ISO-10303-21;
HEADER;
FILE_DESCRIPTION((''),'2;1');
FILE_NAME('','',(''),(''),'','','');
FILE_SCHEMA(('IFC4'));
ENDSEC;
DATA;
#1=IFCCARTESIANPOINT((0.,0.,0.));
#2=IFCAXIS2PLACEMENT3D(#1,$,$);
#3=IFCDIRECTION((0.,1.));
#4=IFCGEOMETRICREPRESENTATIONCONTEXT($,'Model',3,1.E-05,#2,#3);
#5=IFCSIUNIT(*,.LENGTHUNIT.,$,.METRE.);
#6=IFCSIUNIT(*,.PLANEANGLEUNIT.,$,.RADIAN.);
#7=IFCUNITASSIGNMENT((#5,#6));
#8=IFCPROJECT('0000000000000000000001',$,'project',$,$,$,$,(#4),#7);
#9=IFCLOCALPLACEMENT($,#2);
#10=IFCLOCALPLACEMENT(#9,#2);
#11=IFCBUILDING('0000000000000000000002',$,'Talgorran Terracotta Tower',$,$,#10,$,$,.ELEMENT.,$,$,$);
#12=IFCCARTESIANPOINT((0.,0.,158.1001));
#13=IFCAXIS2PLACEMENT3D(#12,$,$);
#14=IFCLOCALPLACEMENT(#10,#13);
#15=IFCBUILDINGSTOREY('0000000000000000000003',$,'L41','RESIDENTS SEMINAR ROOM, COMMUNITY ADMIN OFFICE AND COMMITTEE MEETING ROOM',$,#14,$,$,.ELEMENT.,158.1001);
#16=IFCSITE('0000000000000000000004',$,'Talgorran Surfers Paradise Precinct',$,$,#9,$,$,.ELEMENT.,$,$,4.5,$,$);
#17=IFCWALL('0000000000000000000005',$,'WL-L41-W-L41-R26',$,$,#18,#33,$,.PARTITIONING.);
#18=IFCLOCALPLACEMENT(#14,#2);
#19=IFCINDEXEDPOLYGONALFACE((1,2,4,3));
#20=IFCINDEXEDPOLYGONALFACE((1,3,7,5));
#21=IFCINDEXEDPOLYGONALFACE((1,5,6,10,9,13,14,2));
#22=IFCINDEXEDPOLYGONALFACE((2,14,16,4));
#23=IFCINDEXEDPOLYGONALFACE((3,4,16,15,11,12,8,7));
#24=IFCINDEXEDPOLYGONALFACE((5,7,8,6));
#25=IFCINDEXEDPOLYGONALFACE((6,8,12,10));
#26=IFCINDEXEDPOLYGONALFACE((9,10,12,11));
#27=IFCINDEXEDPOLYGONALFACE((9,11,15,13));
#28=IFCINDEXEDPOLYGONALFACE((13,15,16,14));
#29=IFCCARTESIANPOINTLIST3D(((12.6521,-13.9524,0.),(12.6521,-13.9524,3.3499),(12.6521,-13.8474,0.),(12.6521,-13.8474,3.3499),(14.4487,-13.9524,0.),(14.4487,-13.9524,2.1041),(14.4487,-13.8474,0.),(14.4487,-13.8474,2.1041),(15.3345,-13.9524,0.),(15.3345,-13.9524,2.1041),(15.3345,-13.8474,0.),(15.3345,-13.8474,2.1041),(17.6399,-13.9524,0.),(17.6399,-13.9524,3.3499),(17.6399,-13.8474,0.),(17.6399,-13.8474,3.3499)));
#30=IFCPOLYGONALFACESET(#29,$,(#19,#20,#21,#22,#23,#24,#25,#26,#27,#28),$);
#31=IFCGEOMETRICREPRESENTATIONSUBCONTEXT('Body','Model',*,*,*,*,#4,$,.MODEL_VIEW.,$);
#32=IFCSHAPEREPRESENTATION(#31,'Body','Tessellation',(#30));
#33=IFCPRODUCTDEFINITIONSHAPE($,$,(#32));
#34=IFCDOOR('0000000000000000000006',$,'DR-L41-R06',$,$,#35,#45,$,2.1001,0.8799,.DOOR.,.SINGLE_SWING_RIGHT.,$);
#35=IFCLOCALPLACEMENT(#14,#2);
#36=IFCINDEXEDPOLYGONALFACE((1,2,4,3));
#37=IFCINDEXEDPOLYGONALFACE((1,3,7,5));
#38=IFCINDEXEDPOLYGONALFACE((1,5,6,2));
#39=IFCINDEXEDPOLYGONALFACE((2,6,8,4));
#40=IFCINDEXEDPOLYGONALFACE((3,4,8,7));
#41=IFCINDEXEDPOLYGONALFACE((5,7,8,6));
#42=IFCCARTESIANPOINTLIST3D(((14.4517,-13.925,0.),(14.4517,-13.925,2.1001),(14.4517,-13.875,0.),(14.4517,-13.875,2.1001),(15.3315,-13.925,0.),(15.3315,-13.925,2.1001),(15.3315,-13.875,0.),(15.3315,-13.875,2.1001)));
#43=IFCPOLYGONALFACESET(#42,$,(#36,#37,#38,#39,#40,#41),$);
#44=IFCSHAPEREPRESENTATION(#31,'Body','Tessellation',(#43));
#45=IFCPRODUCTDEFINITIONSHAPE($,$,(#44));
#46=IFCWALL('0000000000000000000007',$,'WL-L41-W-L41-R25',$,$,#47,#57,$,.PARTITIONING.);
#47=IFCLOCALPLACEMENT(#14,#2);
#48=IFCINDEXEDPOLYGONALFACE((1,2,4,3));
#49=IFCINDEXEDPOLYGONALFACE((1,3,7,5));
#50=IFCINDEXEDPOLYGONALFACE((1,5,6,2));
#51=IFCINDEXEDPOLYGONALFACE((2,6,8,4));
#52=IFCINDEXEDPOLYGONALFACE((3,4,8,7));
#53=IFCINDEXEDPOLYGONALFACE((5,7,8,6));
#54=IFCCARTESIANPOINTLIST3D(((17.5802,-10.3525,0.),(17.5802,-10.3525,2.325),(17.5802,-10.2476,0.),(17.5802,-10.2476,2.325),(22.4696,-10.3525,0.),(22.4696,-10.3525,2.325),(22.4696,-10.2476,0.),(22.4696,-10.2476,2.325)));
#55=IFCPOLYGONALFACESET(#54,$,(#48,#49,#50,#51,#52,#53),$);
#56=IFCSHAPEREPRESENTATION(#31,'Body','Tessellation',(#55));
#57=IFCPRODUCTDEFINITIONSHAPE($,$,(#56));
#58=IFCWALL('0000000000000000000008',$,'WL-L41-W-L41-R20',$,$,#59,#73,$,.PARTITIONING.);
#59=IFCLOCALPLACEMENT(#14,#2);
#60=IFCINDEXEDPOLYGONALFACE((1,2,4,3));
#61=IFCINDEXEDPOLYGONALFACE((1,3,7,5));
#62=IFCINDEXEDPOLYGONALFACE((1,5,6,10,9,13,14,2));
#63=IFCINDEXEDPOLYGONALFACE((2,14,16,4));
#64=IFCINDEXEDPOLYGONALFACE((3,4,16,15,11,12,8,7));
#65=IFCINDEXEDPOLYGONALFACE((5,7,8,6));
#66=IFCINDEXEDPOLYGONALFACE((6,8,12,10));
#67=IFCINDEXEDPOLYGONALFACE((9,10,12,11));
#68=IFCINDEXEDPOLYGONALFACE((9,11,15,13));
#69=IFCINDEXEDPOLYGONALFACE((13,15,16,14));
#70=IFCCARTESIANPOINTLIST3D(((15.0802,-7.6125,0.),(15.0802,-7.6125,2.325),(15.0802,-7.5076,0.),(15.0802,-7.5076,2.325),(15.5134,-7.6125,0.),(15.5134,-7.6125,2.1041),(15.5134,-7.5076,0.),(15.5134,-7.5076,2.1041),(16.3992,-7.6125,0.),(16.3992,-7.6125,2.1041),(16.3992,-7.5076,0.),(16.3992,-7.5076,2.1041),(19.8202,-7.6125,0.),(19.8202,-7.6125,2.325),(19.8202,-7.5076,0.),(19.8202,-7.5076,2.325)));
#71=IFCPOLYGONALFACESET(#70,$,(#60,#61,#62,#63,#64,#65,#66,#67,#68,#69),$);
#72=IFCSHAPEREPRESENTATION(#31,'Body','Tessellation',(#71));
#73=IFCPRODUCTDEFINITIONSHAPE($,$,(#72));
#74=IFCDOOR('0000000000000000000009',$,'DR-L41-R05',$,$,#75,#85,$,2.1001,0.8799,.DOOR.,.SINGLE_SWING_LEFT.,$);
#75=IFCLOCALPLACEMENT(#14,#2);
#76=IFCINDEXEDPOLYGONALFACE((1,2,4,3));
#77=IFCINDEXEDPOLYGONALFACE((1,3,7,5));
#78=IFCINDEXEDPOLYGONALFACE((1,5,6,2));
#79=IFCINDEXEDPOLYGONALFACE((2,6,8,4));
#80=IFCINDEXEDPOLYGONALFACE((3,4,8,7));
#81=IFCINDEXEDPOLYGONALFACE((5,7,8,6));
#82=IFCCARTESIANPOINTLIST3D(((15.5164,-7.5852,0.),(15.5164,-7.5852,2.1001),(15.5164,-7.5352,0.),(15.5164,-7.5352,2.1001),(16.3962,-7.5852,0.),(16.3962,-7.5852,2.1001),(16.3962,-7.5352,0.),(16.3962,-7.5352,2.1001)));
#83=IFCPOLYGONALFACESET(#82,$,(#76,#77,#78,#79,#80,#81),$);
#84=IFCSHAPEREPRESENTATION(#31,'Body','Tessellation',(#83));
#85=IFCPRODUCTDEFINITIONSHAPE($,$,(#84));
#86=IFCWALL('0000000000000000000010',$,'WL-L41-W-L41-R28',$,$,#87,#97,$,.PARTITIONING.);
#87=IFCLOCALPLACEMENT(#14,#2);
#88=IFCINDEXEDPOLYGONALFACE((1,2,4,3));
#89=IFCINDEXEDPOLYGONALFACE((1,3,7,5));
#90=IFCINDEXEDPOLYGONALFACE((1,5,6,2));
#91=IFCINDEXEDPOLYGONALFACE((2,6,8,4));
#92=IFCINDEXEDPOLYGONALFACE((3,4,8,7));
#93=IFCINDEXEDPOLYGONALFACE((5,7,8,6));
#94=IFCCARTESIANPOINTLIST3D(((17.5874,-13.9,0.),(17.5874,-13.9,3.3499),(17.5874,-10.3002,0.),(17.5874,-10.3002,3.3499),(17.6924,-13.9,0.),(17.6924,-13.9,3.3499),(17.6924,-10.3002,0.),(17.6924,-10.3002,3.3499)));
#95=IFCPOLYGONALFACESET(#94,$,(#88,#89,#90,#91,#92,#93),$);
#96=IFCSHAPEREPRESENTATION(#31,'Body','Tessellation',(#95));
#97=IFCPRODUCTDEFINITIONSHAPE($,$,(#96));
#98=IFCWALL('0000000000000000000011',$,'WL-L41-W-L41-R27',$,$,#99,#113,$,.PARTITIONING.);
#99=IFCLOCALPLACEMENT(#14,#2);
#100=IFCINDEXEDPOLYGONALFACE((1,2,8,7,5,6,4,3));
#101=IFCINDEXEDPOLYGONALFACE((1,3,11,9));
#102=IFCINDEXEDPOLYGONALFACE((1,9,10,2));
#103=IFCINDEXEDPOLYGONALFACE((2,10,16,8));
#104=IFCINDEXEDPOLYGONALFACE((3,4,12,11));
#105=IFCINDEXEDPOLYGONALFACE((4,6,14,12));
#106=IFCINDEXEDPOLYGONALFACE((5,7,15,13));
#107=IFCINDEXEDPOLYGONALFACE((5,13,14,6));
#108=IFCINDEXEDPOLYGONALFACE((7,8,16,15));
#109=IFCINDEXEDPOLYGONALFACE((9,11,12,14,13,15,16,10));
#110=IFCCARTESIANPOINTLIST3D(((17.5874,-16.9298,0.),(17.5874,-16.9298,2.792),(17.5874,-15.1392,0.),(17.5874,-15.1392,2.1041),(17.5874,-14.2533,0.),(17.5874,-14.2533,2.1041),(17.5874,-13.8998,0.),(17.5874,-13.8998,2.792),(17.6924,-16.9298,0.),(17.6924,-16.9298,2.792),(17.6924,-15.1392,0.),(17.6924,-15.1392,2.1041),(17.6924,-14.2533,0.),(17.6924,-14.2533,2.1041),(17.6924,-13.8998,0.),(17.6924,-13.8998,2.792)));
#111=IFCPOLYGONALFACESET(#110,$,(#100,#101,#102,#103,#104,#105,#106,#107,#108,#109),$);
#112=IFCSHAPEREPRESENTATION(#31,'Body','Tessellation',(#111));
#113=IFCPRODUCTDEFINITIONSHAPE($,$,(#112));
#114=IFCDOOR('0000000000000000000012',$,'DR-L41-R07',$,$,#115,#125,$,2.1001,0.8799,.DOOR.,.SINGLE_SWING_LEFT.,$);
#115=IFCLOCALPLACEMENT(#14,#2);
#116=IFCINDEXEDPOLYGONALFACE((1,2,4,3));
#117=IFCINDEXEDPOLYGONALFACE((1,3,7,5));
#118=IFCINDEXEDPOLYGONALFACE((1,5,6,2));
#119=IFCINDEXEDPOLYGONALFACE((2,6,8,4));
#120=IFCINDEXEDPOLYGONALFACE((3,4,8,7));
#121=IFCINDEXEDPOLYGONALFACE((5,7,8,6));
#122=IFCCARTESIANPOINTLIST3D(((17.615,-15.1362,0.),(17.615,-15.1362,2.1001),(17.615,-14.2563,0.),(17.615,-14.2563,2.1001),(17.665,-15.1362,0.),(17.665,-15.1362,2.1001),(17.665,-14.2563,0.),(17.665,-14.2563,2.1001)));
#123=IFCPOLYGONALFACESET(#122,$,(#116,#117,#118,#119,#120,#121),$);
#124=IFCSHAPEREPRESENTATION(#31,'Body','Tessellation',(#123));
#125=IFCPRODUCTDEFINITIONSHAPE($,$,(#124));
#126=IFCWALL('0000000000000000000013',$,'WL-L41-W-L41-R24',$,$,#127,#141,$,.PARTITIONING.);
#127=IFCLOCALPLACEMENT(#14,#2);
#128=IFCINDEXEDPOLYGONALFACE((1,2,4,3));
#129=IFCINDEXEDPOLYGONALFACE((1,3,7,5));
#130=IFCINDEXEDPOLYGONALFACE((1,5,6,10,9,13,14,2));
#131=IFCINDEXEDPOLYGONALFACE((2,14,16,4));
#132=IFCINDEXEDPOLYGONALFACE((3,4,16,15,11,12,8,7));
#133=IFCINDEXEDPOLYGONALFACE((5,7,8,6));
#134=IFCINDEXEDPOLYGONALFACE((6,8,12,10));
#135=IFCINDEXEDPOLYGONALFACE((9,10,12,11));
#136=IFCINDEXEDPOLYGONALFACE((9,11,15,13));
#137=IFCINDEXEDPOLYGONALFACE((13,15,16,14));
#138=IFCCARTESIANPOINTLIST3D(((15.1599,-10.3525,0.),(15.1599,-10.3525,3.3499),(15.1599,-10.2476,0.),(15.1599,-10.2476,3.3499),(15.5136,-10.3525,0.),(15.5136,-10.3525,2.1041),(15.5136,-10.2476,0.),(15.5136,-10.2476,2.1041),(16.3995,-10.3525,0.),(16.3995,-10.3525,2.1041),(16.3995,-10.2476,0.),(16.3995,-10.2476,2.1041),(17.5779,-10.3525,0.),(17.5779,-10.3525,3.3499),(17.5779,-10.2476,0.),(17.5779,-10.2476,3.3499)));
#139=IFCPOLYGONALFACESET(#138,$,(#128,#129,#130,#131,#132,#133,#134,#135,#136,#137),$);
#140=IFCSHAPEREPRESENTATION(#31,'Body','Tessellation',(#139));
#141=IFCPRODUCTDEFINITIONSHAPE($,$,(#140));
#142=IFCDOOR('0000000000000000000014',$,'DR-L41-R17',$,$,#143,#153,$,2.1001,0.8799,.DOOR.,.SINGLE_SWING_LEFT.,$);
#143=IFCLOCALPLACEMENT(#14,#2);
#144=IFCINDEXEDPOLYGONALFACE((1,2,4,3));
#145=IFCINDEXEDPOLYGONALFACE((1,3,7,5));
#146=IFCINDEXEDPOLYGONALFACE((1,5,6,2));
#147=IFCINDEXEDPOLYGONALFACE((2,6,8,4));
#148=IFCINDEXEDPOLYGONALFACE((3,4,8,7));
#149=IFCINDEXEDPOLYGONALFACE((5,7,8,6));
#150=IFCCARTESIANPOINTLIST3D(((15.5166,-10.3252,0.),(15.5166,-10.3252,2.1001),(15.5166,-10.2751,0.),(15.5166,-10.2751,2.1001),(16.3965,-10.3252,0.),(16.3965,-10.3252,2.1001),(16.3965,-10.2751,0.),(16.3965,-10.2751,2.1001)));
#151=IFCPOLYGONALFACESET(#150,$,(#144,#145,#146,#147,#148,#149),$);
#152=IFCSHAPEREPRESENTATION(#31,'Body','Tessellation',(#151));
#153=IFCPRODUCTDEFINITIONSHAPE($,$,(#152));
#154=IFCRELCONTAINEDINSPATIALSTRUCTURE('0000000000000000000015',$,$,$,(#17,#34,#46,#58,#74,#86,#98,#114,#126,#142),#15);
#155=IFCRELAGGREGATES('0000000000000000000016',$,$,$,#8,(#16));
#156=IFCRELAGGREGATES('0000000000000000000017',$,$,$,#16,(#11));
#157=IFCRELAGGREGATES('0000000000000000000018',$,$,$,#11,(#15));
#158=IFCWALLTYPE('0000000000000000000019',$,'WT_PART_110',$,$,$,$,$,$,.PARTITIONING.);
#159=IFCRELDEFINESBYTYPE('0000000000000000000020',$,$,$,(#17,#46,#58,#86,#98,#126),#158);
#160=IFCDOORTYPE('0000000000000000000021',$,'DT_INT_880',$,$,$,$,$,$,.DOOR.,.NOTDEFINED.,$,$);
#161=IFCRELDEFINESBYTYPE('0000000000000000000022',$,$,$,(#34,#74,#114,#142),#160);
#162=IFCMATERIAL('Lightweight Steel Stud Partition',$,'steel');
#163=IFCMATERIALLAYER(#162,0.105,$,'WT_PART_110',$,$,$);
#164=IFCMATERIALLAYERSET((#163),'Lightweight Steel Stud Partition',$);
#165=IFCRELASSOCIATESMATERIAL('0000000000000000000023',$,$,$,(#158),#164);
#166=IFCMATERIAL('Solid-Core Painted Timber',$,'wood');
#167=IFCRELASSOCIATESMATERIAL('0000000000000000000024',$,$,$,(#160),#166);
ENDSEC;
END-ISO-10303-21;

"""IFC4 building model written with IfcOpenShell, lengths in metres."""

from ifc_helpers import new_model, si_unit, direction, frame, frame_2d, origin, place, context, subcontext, project, spatial, rectangle, extrude, material, layer, layer_set, type_object, element, fill, save


model = new_model("IFC4")

# Units and contexts
model_context = context("Model", 3, precision=1e-05, world=origin(), true_north=direction((0.0, 1.0)))
body_context = subcontext(model_context, "Body", "Model", "MODEL_VIEW")
ifc_project = project(units=[si_unit("LENGTHUNIT", "METRE"), si_unit("PLANEANGLEUNIT", "RADIAN")], contexts=[model_context])

# Site, building, storey
site_placement = place(None, origin())
site = spatial("IfcSite", under=ifc_project, at=site_placement, Name="Talgorran Surfers Paradise Precinct", CompositionType="ELEMENT", RefElevation=4.5)
building_placement = place(site_placement, origin())
building = spatial("IfcBuilding", under=site, at=building_placement, Name="Talgorran Terracotta Tower", CompositionType="ELEMENT")
storey_placement = place(building_placement, frame((0.0, 0.0, 158.1001)))
storey = spatial("IfcBuildingStorey", under=building, at=storey_placement, Name="L41", Description="RESIDENTS SEMINAR ROOM, COMMUNITY ADMIN OFFICE AND COMMITTEE MEETING ROOM", CompositionType="ELEMENT", Elevation=158.1001)

# Wall, opening, door
ifc_material_1 = material(Name="Lightweight Steel Stud Partition", Category="steel")
ifc_layer_1 = layer(ifc_material_1, 0.105, Name="WT_PART_110")
ifc_layer_set_1 = layer_set([ifc_layer_1], Name="Lightweight Steel Stud Partition")
wall_type_1 = type_object("IfcWallType", Name="WT_PART_110", PredefinedType="PARTITIONING", material=ifc_layer_set_1)
wall_1_placement = place(storey_placement, frame((12.6521, -13.8999, 0.0), z_axis=(0.0, 0.0, 1.0), x_axis=(1.0, 0.0, 0.0)))
wall_1 = element("IfcWall", 1, at=wall_1_placement, inside=storey, type_object=wall_type_1, Name="WL-L41-W-L41-R26", PredefinedType="PARTITIONING", context=body_context, shape_type="SweptSolid", body=[
    extrude(rectangle(XDim=4.9878, YDim=0.105, at=frame_2d((2.4939, 0.0))), origin(), (0.0, 0.0, 1.0), 3.3499),
])
opening_1_placement = place(wall_1_placement, frame((1.7996, 0.0, 0.0)))
opening_1 = element("IfcOpeningElement", 2, at=opening_1_placement, cuts=wall_1, PredefinedType="OPENING", context=body_context, shape_type="SweptSolid", body=[
    extrude(rectangle(XDim=0.8859, YDim=2.1041, at=frame_2d((0.4399, 1.052))), frame((0.0, 0.0625, 0.0), z_axis=(0.0, -1.0, 0.0), x_axis=(1.0, 0.0, 0.0)), (0.0, 0.0, 1.0), 0.125),
])
ifc_material_2 = material(Name="Solid-Core Painted Timber", Category="wood")
door_type_1 = type_object("IfcDoorType", Name="DT_INT_880", OperationType="NOTDEFINED", PredefinedType="DOOR", material=ifc_material_2)
door_1_placement = place(opening_1_placement, origin())
door_1 = element("IfcDoor", 3, at=door_1_placement, inside=storey, type_object=door_type_1, Name="DR-L41-R06", OperationType="SINGLE_SWING_RIGHT", OverallHeight=2.1001, OverallWidth=0.8799, PredefinedType="DOOR", context=body_context, shape_type="SweptSolid", body=[
    extrude(rectangle(XDim=0.8799, YDim=2.1001, at=frame_2d((0.4399, 1.05))), frame((0.0, 0.0249, 0.0), z_axis=(0.0, -1.0, 0.0), x_axis=(1.0, 0.0, 0.0)), (0.0, 0.0, 1.0), 0.05),
])
fill(opening_1, door_1)

# Wall
wall_2_placement = place(storey_placement, frame((17.5801, -10.3, 0.0), z_axis=(0.0, 0.0, 1.0), x_axis=(1.0, 0.0, 0.0)))
element("IfcWall", 4, at=wall_2_placement, inside=storey, type_object=wall_type_1, Name="WL-L41-W-L41-R25", PredefinedType="PARTITIONING", context=body_context, shape_type="SweptSolid", body=[
    extrude(rectangle(XDim=4.8894, YDim=0.105, at=frame_2d((2.4448, 0.0))), origin(), (0.0, 0.0, 1.0), 2.325),
])

# Wall, opening, door
wall_3_placement = place(storey_placement, frame((15.0801, -7.5601, 0.0), z_axis=(0.0, 0.0, 1.0), x_axis=(1.0, 0.0, 0.0)))
wall_3 = element("IfcWall", 5, at=wall_3_placement, inside=storey, type_object=wall_type_1, Name="WL-L41-W-L41-R20", PredefinedType="PARTITIONING", context=body_context, shape_type="SweptSolid", body=[
    extrude(rectangle(XDim=4.74, YDim=0.105, at=frame_2d((2.3701, 0.0))), origin(), (0.0, 0.0, 1.0), 2.325),
])
opening_2_placement = place(wall_3_placement, frame((0.4363, 0.0, 0.0)))
opening_2 = element("IfcOpeningElement", 6, at=opening_2_placement, cuts=wall_3, PredefinedType="OPENING", context=body_context, shape_type="SweptSolid", body=[
    extrude(rectangle(XDim=0.8859, YDim=2.1041, at=frame_2d((0.4399, 1.052))), frame((0.0, 0.0625, 0.0), z_axis=(0.0, -1.0, 0.0), x_axis=(1.0, 0.0, 0.0)), (0.0, 0.0, 1.0), 0.125),
])
door_2_placement = place(opening_2_placement, origin())
door_2 = element("IfcDoor", 7, at=door_2_placement, inside=storey, type_object=door_type_1, Name="DR-L41-R05", OperationType="SINGLE_SWING_LEFT", OverallHeight=2.1001, OverallWidth=0.8799, PredefinedType="DOOR", context=body_context, shape_type="SweptSolid", body=[
    extrude(rectangle(XDim=0.8799, YDim=2.1001, at=frame_2d((0.4399, 1.05))), frame((0.0, 0.0249, 0.0), z_axis=(0.0, -1.0, 0.0), x_axis=(1.0, 0.0, 0.0)), (0.0, 0.0, 1.0), 0.05),
])
fill(opening_2, door_2)

# Wall
wall_4_placement = place(storey_placement, frame((17.6399, -13.8999, 0.0), z_axis=(0.0, 0.0, 1.0), x_axis=(0.0, 1.0, 0.0)))
element("IfcWall", 8, at=wall_4_placement, inside=storey, type_object=wall_type_1, Name="WL-L41-W-L41-R28", PredefinedType="PARTITIONING", context=body_context, shape_type="SweptSolid", body=[
    extrude(rectangle(XDim=3.5999, YDim=0.105, at=frame_2d((1.7998, 0.0))), origin(), (0.0, 0.0, 1.0), 3.3499),
])

# Walls, openings, doors
wall_5_placement = place(storey_placement, frame((17.6399, -16.9299, 0.0), z_axis=(0.0, 0.0, 1.0), x_axis=(0.0, 1.0, 0.0)))
wall_5 = element("IfcWall", 9, at=wall_5_placement, inside=storey, type_object=wall_type_1, Name="WL-L41-W-L41-R27", PredefinedType="PARTITIONING", context=body_context, shape_type="SweptSolid", body=[
    extrude(rectangle(XDim=3.03, YDim=0.105, at=frame_2d((1.5151, 0.0))), origin(), (0.0, 0.0, 1.0), 2.792),
])
opening_3_placement = place(wall_5_placement, frame((1.7937, 0.0, 0.0)))
opening_3 = element("IfcOpeningElement", 10, at=opening_3_placement, cuts=wall_5, PredefinedType="OPENING", context=body_context, shape_type="SweptSolid", body=[
    extrude(rectangle(XDim=0.8859, YDim=2.1041, at=frame_2d((0.4399, 1.052))), frame((0.0, 0.0625, 0.0), z_axis=(0.0, -1.0, 0.0), x_axis=(1.0, 0.0, 0.0)), (0.0, 0.0, 1.0), 0.125),
])
door_3_placement = place(opening_3_placement, origin())
door_3 = element("IfcDoor", 11, at=door_3_placement, inside=storey, type_object=door_type_1, Name="DR-L41-R07", OperationType="SINGLE_SWING_LEFT", OverallHeight=2.1001, OverallWidth=0.8799, PredefinedType="DOOR", context=body_context, shape_type="SweptSolid", body=[
    extrude(rectangle(XDim=0.8799, YDim=2.1001, at=frame_2d((0.4399, 1.05))), frame((0.0, 0.0249, 0.0), z_axis=(0.0, -1.0, 0.0), x_axis=(1.0, 0.0, 0.0)), (0.0, 0.0, 1.0), 0.05),
])
fill(opening_3, door_3)
wall_6_placement = place(storey_placement, frame((15.1599, -10.3, 0.0), z_axis=(0.0, 0.0, 1.0), x_axis=(1.0, 0.0, 0.0)))
wall_6 = element("IfcWall", 12, at=wall_6_placement, inside=storey, type_object=wall_type_1, Name="WL-L41-W-L41-R24", PredefinedType="PARTITIONING", context=body_context, shape_type="SweptSolid", body=[
    extrude(rectangle(XDim=2.418, YDim=0.105, at=frame_2d((1.209, 0.0))), origin(), (0.0, 0.0, 1.0), 3.3499),
])
opening_4_placement = place(wall_6_placement, frame((0.3567, 0.0, 0.0)))
opening_4 = element("IfcOpeningElement", 13, at=opening_4_placement, cuts=wall_6, PredefinedType="OPENING", context=body_context, shape_type="SweptSolid", body=[
    extrude(rectangle(XDim=0.8859, YDim=2.1041, at=frame_2d((0.4399, 1.052))), frame((0.0, 0.0625, 0.0), z_axis=(0.0, -1.0, 0.0), x_axis=(1.0, 0.0, 0.0)), (0.0, 0.0, 1.0), 0.125),
])
door_4_placement = place(opening_4_placement, origin())
door_4 = element("IfcDoor", 14, at=door_4_placement, inside=storey, type_object=door_type_1, Name="DR-L41-R17", OperationType="SINGLE_SWING_LEFT", OverallHeight=2.1001, OverallWidth=0.8799, PredefinedType="DOOR", context=body_context, shape_type="SweptSolid", body=[
    extrude(rectangle(XDim=0.8799, YDim=2.1001, at=frame_2d((0.4399, 1.05))), frame((0.0, 0.0249, 0.0), z_axis=(0.0, -1.0, 0.0), x_axis=(1.0, 0.0, 0.0)), (0.0, 0.0, 1.0), 0.05),
])
fill(opening_4, door_4)

save(model, "model.ifc")
